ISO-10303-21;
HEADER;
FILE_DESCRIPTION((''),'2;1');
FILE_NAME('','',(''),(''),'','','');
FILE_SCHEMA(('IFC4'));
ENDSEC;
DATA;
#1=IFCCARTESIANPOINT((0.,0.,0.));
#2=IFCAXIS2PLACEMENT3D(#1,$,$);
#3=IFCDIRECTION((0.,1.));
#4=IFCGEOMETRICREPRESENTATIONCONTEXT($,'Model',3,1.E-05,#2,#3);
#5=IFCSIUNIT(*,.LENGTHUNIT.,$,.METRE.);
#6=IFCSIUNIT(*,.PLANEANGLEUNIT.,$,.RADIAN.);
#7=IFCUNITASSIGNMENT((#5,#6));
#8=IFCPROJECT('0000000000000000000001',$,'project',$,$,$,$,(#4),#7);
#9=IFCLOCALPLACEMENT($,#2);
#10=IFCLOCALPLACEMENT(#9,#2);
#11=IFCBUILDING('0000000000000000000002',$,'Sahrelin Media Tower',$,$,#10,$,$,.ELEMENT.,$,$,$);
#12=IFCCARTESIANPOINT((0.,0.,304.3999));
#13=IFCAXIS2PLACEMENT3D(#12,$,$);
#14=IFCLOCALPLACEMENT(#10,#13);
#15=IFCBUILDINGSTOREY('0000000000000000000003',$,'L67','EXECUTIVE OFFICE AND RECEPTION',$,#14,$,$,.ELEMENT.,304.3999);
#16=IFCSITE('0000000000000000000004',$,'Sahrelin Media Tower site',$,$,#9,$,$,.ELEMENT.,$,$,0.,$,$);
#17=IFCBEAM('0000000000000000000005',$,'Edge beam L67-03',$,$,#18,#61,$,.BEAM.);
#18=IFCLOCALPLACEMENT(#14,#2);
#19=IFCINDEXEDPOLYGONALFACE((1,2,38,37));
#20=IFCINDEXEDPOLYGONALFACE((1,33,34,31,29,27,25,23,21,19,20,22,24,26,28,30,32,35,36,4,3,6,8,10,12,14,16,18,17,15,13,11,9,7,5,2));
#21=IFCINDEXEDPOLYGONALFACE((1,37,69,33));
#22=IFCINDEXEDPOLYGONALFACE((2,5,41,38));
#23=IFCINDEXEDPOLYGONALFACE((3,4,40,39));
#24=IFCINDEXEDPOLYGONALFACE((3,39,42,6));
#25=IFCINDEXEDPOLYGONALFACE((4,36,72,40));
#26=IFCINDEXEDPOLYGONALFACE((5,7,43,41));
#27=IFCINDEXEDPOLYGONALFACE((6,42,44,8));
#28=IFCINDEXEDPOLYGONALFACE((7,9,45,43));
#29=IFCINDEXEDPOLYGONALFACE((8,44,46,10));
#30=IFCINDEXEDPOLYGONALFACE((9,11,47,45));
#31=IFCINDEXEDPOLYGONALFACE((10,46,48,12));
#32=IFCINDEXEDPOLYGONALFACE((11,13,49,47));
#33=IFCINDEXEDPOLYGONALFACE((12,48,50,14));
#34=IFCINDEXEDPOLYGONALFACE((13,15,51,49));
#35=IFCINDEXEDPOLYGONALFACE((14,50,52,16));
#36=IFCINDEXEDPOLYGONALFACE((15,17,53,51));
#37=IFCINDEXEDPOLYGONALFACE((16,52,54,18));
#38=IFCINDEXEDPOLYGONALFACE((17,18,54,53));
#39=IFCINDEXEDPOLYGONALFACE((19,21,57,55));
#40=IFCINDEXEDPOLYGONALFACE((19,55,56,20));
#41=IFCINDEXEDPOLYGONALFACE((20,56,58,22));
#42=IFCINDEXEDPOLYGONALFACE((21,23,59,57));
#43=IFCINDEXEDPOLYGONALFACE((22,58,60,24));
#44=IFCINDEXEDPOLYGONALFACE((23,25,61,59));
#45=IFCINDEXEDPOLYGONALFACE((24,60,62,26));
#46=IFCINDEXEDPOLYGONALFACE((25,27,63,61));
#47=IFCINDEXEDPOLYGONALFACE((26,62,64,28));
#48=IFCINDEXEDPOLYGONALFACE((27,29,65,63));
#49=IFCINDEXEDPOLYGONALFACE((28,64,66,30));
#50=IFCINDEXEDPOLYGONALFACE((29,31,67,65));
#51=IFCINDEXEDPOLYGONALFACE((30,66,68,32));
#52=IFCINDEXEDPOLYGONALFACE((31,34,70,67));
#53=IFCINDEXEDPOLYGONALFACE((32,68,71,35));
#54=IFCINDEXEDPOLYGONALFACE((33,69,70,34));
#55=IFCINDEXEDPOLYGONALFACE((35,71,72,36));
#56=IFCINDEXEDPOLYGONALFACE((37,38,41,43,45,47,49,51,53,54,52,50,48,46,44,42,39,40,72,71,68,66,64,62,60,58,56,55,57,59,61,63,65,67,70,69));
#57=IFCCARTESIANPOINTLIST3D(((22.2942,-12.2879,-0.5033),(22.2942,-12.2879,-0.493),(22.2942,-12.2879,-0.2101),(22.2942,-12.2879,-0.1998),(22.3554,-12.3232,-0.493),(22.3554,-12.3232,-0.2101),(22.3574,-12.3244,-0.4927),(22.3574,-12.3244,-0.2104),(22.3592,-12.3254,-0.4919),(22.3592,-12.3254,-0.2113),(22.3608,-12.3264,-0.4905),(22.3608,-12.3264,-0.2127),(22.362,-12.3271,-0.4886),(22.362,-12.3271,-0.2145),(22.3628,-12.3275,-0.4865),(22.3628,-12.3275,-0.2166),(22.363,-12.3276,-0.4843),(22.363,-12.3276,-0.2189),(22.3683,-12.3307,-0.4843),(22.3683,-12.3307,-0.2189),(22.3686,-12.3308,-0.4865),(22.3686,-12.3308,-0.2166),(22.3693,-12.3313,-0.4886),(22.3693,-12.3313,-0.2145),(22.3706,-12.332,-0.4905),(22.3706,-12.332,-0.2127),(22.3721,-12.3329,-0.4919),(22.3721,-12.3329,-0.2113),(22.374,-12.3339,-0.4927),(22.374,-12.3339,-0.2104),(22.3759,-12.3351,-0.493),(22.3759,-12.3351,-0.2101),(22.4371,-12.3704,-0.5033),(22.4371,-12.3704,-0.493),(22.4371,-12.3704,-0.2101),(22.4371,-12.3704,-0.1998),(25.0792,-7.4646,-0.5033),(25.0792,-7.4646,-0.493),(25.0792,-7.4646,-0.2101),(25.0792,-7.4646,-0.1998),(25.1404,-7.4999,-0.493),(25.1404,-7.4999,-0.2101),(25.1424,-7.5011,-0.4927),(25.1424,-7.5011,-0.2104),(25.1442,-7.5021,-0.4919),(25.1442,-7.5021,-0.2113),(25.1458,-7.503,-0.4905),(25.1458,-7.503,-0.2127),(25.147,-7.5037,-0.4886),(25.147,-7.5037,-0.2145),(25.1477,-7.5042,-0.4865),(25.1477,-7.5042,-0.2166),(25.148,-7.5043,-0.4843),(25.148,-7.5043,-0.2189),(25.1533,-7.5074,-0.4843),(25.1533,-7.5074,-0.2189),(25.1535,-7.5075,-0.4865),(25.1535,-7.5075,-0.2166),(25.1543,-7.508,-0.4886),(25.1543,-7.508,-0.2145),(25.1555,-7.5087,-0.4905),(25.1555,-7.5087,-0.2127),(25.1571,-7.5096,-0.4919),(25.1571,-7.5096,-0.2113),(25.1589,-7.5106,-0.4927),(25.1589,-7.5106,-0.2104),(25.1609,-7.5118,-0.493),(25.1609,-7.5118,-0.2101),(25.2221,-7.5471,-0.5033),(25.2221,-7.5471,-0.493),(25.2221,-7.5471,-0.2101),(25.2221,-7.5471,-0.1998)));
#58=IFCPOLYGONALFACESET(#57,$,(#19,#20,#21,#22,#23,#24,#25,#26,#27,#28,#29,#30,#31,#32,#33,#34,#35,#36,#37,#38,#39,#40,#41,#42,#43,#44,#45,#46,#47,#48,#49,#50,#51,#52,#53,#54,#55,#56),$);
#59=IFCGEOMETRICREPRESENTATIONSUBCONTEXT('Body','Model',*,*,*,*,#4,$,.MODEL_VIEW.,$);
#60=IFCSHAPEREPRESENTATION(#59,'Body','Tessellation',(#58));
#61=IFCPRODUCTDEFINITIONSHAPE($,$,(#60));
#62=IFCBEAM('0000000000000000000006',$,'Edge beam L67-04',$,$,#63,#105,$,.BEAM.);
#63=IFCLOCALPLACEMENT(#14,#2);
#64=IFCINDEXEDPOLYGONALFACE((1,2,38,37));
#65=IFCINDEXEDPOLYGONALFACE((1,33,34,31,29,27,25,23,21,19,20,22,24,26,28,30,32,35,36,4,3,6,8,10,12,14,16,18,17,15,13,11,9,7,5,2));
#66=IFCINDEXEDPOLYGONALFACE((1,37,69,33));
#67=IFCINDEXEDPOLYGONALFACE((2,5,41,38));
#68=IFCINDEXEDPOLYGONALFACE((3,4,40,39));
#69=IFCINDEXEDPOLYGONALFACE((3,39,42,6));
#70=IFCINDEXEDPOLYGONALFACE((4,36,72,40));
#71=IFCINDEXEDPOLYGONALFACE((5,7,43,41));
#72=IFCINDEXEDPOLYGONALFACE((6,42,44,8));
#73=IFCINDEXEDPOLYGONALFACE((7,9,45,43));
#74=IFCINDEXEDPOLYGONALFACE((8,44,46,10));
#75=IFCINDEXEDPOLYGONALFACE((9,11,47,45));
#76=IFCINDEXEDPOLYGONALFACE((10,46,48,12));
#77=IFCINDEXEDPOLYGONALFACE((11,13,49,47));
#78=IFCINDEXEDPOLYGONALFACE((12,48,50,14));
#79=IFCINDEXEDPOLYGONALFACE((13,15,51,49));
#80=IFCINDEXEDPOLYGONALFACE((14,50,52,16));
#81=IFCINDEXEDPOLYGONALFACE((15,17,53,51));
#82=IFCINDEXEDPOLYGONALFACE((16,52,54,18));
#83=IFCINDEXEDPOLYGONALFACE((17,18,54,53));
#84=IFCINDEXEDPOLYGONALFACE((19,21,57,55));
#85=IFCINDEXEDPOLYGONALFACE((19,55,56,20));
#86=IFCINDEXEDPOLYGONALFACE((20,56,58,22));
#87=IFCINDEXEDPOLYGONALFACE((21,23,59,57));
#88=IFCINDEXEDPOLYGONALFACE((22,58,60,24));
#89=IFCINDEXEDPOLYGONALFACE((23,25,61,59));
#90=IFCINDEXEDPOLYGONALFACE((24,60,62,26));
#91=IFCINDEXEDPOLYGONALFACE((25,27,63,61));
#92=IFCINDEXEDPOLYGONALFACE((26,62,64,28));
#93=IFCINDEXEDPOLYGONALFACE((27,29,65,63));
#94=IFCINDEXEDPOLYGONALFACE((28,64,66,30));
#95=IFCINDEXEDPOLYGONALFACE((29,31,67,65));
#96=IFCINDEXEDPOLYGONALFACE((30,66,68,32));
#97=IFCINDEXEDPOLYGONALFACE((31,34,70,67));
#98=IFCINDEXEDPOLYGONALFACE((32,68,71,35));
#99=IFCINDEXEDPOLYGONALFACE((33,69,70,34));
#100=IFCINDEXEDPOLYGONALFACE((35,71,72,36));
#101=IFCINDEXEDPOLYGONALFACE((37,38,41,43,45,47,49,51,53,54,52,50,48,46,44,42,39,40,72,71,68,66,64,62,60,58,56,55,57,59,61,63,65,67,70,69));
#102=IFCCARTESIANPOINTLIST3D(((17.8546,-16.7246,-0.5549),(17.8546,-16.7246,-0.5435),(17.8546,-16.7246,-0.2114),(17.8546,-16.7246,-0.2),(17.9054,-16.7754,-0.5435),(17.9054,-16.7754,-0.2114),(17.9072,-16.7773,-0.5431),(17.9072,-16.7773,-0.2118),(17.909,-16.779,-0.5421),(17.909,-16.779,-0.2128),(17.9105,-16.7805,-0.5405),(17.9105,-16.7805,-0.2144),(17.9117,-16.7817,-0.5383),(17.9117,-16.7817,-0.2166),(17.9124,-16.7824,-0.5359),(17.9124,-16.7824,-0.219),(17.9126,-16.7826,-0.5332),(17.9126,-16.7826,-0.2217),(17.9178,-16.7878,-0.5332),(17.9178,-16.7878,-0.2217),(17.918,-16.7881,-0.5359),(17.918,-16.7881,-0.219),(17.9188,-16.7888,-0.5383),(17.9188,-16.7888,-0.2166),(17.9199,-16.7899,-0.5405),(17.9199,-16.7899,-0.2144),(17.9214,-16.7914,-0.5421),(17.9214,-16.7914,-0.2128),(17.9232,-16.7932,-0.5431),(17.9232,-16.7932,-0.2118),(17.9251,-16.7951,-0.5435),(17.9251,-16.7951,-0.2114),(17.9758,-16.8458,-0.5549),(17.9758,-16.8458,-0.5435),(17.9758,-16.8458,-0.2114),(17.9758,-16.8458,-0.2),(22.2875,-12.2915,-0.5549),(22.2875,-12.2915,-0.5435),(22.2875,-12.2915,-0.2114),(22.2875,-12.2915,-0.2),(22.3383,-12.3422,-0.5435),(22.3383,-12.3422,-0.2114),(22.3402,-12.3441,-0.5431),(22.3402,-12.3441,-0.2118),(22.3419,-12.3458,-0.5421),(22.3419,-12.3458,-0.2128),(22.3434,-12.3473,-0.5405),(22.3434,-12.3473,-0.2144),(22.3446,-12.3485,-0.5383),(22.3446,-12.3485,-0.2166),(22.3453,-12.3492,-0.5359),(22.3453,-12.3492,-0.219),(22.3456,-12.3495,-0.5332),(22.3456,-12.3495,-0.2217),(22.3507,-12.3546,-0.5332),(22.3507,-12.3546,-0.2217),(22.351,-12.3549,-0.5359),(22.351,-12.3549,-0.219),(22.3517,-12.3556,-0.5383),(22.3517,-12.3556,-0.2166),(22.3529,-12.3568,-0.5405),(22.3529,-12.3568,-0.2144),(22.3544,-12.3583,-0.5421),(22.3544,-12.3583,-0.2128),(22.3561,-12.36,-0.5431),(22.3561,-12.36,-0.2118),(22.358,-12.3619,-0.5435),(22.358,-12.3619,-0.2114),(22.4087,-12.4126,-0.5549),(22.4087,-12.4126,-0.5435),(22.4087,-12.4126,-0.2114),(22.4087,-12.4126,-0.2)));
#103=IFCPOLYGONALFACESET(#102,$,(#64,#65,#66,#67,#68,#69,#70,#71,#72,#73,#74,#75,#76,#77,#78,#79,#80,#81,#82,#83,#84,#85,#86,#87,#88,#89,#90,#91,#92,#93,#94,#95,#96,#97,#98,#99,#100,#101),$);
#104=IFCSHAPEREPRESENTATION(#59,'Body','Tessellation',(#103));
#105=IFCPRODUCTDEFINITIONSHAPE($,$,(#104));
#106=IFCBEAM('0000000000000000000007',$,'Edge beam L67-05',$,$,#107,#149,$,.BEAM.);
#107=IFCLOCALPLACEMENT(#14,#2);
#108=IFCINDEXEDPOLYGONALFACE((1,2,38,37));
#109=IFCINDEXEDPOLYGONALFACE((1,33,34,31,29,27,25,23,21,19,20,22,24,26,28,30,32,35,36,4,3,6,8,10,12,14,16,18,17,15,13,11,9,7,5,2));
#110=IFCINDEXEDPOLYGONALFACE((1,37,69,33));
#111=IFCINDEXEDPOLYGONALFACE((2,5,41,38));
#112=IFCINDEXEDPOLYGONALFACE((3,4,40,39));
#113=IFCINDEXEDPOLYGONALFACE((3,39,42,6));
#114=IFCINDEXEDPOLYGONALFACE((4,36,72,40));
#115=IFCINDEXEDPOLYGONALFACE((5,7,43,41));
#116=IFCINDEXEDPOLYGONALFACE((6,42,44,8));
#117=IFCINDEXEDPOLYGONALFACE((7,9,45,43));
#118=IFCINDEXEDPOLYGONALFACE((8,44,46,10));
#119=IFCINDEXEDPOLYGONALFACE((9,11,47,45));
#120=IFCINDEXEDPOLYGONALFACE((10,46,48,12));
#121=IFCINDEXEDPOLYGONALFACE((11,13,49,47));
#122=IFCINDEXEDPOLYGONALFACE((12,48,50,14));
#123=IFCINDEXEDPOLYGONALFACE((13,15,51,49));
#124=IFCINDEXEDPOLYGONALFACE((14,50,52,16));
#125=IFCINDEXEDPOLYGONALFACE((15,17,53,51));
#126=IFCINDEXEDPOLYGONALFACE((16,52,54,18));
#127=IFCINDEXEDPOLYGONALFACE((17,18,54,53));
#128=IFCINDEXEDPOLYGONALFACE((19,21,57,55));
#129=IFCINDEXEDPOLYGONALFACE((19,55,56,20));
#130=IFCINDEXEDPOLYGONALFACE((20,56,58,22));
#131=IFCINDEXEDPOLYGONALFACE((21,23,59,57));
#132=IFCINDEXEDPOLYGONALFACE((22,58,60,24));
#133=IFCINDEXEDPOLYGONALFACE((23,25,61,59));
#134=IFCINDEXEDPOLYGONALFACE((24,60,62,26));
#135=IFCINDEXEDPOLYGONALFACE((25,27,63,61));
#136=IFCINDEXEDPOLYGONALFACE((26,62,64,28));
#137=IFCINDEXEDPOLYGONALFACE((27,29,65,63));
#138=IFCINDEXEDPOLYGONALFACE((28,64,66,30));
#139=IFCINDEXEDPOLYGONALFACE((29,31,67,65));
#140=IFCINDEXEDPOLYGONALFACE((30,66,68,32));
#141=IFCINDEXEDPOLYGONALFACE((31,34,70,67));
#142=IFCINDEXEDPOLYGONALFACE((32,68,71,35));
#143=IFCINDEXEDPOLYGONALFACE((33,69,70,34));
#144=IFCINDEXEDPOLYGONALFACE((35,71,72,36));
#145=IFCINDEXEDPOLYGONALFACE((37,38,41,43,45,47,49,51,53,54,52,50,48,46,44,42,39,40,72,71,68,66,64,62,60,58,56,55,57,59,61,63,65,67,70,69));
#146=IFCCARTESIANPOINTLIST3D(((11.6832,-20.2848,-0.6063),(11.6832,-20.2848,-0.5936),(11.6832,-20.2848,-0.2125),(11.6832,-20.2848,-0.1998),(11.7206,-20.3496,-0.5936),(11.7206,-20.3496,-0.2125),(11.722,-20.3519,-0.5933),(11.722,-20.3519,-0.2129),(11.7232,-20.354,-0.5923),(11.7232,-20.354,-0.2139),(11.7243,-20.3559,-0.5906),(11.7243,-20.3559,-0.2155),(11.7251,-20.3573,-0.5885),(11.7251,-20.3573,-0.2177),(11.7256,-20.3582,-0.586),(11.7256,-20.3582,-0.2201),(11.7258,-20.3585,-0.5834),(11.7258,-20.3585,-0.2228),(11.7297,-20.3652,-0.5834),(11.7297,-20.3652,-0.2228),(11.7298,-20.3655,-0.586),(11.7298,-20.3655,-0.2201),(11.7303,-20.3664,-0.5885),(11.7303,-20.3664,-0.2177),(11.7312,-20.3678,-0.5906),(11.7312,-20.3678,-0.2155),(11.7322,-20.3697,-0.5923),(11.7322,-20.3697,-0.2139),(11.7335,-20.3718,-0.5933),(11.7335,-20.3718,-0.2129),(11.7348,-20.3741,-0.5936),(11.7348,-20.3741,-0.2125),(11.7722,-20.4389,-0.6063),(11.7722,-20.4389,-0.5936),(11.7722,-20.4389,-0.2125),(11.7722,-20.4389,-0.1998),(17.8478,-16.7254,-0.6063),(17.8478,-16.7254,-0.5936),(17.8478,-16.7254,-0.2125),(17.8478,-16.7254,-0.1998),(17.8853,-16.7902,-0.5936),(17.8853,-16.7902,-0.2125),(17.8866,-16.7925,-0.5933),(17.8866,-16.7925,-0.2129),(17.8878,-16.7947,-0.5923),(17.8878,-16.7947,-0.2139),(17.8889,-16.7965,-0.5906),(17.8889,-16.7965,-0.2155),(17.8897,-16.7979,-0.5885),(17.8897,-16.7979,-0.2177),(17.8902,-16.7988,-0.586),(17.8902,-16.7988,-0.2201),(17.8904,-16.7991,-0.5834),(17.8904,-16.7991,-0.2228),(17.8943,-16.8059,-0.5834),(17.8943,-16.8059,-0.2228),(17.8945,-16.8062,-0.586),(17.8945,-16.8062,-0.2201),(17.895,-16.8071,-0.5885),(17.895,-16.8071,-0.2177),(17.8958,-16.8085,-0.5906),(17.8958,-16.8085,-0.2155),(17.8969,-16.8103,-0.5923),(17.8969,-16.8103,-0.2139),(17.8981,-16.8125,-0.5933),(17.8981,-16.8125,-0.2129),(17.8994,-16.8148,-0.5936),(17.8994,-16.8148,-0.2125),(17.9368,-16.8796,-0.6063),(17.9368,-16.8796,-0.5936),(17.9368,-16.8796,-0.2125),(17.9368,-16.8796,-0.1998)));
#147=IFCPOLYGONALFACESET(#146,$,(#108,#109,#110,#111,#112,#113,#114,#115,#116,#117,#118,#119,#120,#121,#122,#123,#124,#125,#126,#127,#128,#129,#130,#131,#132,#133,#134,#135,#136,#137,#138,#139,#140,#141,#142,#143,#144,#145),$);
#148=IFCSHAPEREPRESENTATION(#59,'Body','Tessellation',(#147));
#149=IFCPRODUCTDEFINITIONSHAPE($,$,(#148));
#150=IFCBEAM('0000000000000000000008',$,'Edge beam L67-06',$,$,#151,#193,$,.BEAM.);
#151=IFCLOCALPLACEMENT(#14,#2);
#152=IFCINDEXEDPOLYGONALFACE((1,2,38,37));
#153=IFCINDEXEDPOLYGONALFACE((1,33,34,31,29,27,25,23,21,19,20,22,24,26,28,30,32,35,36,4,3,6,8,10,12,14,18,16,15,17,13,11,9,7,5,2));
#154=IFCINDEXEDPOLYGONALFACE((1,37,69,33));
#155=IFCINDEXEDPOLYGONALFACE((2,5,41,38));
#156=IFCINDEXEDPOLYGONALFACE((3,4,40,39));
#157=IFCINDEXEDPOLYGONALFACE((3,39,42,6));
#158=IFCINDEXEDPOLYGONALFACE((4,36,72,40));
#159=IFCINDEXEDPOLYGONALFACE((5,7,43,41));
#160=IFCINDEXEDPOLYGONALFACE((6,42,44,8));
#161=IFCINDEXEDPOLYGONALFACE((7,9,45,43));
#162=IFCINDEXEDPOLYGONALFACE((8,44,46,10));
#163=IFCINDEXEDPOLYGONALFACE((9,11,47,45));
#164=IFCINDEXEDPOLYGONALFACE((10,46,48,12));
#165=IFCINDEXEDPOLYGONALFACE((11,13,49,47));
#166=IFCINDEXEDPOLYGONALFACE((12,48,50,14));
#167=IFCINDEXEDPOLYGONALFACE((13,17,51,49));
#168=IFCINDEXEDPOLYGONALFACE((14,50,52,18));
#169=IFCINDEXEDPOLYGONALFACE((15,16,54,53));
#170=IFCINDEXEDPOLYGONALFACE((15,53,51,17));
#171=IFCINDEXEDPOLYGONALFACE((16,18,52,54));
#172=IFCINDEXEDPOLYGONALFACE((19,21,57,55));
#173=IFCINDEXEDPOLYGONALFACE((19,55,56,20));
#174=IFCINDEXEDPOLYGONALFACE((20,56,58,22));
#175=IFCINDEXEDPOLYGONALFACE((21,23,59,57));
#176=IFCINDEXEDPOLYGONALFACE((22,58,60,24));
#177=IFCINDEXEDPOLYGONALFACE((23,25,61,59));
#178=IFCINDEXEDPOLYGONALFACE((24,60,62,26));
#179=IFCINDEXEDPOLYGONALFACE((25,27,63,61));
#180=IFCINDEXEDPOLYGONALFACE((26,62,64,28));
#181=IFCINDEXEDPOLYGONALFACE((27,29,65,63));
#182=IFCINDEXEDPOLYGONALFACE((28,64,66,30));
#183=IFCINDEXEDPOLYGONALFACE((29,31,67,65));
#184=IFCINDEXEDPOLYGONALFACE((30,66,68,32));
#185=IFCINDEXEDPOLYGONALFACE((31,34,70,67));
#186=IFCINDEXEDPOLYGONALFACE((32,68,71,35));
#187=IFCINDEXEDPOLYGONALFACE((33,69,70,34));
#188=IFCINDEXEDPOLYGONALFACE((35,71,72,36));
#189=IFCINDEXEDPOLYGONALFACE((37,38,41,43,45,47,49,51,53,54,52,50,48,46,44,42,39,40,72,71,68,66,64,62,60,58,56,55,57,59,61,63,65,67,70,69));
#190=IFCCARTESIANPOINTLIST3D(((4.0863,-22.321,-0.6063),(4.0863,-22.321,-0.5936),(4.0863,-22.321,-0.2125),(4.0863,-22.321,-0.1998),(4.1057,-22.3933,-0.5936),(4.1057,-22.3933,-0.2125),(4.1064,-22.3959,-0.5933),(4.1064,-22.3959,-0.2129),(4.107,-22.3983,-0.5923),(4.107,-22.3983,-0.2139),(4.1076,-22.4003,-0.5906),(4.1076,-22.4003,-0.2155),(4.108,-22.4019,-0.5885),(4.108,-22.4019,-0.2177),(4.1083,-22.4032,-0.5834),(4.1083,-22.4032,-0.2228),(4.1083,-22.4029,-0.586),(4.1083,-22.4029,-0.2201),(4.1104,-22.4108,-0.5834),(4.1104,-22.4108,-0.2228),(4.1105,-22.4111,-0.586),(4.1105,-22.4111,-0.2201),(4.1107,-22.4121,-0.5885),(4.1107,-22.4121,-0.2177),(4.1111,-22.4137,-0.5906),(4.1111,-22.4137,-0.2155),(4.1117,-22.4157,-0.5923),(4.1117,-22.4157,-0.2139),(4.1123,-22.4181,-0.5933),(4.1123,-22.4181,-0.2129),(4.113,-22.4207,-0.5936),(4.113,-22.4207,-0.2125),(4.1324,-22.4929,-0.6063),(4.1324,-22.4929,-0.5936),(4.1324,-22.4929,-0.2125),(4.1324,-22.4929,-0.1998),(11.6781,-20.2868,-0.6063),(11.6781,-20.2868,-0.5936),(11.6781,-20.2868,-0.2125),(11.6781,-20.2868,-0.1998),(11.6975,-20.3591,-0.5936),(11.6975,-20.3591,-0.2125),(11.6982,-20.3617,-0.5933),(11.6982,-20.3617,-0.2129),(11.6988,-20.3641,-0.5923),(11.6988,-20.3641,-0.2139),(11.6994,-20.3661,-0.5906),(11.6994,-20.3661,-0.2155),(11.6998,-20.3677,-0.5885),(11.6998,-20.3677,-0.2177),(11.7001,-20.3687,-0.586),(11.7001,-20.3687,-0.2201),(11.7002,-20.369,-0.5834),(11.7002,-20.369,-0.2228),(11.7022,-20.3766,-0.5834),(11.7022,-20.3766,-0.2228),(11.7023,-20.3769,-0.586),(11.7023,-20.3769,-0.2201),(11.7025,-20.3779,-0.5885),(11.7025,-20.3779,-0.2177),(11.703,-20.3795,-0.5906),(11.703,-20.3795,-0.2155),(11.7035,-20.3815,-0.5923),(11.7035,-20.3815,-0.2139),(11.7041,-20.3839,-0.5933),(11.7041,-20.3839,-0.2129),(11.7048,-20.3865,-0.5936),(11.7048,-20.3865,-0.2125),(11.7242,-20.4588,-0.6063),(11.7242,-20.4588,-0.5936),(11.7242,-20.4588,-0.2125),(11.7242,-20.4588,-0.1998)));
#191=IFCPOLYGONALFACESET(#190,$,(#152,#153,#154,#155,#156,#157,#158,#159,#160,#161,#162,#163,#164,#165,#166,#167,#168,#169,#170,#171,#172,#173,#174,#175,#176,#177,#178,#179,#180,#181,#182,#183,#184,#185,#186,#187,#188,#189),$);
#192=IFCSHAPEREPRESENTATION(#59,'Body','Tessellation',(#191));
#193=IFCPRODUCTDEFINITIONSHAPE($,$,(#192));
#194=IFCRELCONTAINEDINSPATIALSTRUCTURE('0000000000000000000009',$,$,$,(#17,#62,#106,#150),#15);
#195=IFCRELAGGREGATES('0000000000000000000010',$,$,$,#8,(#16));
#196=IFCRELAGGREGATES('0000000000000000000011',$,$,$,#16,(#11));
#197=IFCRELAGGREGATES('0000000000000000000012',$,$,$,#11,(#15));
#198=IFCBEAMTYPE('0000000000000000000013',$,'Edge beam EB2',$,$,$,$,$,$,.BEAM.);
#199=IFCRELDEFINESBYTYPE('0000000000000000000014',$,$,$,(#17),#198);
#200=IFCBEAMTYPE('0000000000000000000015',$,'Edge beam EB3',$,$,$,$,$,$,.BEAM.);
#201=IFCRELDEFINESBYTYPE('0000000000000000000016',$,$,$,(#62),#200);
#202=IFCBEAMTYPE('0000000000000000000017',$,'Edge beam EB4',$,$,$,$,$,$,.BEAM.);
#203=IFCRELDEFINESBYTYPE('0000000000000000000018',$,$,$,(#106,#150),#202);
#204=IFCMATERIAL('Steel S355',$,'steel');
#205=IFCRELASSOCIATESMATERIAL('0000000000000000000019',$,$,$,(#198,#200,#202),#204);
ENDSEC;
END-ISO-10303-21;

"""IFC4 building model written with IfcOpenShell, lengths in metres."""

from ifc_helpers import new_model, si_unit, direction, frame, origin, origin_2d, place, context, subcontext, project, spatial, i_section, extrude, material, material_profile, profile_set, type_object, element, save


model = new_model("IFC4")

# Units and contexts
model_context = context("Model", 3, precision=1e-05, world=origin(), true_north=direction((0.0, 1.0)))
body_context = subcontext(model_context, "Body", "Model", "MODEL_VIEW")
ifc_project = project(units=[si_unit("LENGTHUNIT", "METRE"), si_unit("PLANEANGLEUNIT", "RADIAN")], contexts=[model_context])

# Site, building, storey
site_placement = place(None, origin())
site = spatial("IfcSite", under=ifc_project, at=site_placement, Name="Sahrelin Media Tower site", CompositionType="ELEMENT", RefElevation=0.0)
building_placement = place(site_placement, origin())
building = spatial("IfcBuilding", under=site, at=building_placement, Name="Sahrelin Media Tower", CompositionType="ELEMENT")
storey_placement = place(building_placement, frame((0.0, 0.0, 304.3999)))
storey = spatial("IfcBuildingStorey", under=building, at=storey_placement, Name="L67", Description="EXECUTIVE OFFICE AND RECEPTION", CompositionType="ELEMENT", Elevation=304.3999)

# Beams
ifc_material_1 = material(Name="Steel S355", Category="steel")
ifc_material_profile_1 = material_profile(ifc_material_1, i_section(OverallWidth=0.165, OverallDepth=0.3035, WebThickness=0.0061, FlangeThickness=0.0103, FilletRadius=0.0088, at=origin_2d()), Name="UB 305x165x40")
ifc_profile_set_1 = profile_set([ifc_material_profile_1], Name="Steel S355")
beam_type_1 = type_object("IfcBeamType", Name="Edge beam EB2", PredefinedType="BEAM", material=ifc_profile_set_1)
beam_1_placement = place(storey_placement, frame((25.1506, -7.5059, -0.3516), z_axis=(-0.500029, -0.866009, 0.0), x_axis=(0.866009, -0.500029, 0.0)))
element("IfcBeam", 1, at=beam_1_placement, inside=storey, type_object=beam_type_1, Name="Edge beam L67-03", PredefinedType="BEAM", context=body_context, shape_type="SweptSolid", body=[
    extrude(i_section(OverallWidth=0.165, OverallDepth=0.3035, WebThickness=0.0061, FlangeThickness=0.0103, FilletRadius=0.0088, at=origin_2d()), origin(), (0.0, 0.0, 1.0), 5.5696),
])
ifc_material_profile_2 = material_profile(ifc_material_1, i_section(OverallWidth=0.1714, OverallDepth=0.355, WebThickness=0.0073, FlangeThickness=0.0115, FilletRadius=0.0103, at=origin_2d()), Name="UB 356x171x51")
ifc_profile_set_2 = profile_set([ifc_material_profile_2], Name="Steel S355")
beam_type_2 = type_object("IfcBeamType", Name="Edge beam EB3", PredefinedType="BEAM", material=ifc_profile_set_2)
beam_2_placement = place(storey_placement, frame((22.3481, -12.3521, -0.3774), z_axis=(-0.707087, -0.707126, 0.0), x_axis=(0.707126, -0.707087, 0.0)))
element("IfcBeam", 2, at=beam_2_placement, inside=storey, type_object=beam_type_2, Name="Edge beam L67-04", PredefinedType="BEAM", context=body_context, shape_type="SweptSolid", body=[
    extrude(i_section(OverallWidth=0.1714, OverallDepth=0.355, WebThickness=0.0073, FlangeThickness=0.0115, FilletRadius=0.0103, at=origin_2d()), origin(), (0.0, 0.0, 1.0), 6.2693),
])
ifc_material_profile_3 = material_profile(ifc_material_1, i_section(OverallWidth=0.178, OverallDepth=0.4065, WebThickness=0.0078, FlangeThickness=0.0127, FilletRadius=0.0103, at=origin_2d()), Name="UB 406x178x60")
ifc_profile_set_3 = profile_set([ifc_material_profile_3], Name="Steel S355")
beam_type_3 = type_object("IfcBeamType", Name="Edge beam EB4", PredefinedType="BEAM", material=ifc_profile_set_3)
beam_3_placement = place(storey_placement, frame((17.8923, -16.8025, -0.4031), z_axis=(-0.866012, -0.500023, 0.0), x_axis=(0.500023, -0.866012, 0.0)))
element("IfcBeam", 3, at=beam_3_placement, inside=storey, type_object=beam_type_3, Name="Edge beam L67-05", PredefinedType="BEAM", context=body_context, shape_type="SweptSolid", body=[
    extrude(i_section(OverallWidth=0.178, OverallDepth=0.4065, WebThickness=0.0078, FlangeThickness=0.0127, FilletRadius=0.0103, at=origin_2d()), origin(), (0.0, 0.0, 1.0), 7.1184),
])
beam_4_placement = place(storey_placement, frame((11.7012, -20.3728, -0.4031), z_axis=(-0.965927, -0.258815, 0.0), x_axis=(0.258815, -0.965927, 0.0)))
element("IfcBeam", 4, at=beam_4_placement, inside=storey, type_object=beam_type_3, Name="Edge beam L67-06", PredefinedType="BEAM", context=body_context, shape_type="SweptSolid", body=[
    extrude(i_section(OverallWidth=0.178, OverallDepth=0.4065, WebThickness=0.0078, FlangeThickness=0.0127, FilletRadius=0.0103, at=origin_2d()), origin(), (0.0, 0.0, 1.0), 7.8596),
])

save(model, "model.ifc")
